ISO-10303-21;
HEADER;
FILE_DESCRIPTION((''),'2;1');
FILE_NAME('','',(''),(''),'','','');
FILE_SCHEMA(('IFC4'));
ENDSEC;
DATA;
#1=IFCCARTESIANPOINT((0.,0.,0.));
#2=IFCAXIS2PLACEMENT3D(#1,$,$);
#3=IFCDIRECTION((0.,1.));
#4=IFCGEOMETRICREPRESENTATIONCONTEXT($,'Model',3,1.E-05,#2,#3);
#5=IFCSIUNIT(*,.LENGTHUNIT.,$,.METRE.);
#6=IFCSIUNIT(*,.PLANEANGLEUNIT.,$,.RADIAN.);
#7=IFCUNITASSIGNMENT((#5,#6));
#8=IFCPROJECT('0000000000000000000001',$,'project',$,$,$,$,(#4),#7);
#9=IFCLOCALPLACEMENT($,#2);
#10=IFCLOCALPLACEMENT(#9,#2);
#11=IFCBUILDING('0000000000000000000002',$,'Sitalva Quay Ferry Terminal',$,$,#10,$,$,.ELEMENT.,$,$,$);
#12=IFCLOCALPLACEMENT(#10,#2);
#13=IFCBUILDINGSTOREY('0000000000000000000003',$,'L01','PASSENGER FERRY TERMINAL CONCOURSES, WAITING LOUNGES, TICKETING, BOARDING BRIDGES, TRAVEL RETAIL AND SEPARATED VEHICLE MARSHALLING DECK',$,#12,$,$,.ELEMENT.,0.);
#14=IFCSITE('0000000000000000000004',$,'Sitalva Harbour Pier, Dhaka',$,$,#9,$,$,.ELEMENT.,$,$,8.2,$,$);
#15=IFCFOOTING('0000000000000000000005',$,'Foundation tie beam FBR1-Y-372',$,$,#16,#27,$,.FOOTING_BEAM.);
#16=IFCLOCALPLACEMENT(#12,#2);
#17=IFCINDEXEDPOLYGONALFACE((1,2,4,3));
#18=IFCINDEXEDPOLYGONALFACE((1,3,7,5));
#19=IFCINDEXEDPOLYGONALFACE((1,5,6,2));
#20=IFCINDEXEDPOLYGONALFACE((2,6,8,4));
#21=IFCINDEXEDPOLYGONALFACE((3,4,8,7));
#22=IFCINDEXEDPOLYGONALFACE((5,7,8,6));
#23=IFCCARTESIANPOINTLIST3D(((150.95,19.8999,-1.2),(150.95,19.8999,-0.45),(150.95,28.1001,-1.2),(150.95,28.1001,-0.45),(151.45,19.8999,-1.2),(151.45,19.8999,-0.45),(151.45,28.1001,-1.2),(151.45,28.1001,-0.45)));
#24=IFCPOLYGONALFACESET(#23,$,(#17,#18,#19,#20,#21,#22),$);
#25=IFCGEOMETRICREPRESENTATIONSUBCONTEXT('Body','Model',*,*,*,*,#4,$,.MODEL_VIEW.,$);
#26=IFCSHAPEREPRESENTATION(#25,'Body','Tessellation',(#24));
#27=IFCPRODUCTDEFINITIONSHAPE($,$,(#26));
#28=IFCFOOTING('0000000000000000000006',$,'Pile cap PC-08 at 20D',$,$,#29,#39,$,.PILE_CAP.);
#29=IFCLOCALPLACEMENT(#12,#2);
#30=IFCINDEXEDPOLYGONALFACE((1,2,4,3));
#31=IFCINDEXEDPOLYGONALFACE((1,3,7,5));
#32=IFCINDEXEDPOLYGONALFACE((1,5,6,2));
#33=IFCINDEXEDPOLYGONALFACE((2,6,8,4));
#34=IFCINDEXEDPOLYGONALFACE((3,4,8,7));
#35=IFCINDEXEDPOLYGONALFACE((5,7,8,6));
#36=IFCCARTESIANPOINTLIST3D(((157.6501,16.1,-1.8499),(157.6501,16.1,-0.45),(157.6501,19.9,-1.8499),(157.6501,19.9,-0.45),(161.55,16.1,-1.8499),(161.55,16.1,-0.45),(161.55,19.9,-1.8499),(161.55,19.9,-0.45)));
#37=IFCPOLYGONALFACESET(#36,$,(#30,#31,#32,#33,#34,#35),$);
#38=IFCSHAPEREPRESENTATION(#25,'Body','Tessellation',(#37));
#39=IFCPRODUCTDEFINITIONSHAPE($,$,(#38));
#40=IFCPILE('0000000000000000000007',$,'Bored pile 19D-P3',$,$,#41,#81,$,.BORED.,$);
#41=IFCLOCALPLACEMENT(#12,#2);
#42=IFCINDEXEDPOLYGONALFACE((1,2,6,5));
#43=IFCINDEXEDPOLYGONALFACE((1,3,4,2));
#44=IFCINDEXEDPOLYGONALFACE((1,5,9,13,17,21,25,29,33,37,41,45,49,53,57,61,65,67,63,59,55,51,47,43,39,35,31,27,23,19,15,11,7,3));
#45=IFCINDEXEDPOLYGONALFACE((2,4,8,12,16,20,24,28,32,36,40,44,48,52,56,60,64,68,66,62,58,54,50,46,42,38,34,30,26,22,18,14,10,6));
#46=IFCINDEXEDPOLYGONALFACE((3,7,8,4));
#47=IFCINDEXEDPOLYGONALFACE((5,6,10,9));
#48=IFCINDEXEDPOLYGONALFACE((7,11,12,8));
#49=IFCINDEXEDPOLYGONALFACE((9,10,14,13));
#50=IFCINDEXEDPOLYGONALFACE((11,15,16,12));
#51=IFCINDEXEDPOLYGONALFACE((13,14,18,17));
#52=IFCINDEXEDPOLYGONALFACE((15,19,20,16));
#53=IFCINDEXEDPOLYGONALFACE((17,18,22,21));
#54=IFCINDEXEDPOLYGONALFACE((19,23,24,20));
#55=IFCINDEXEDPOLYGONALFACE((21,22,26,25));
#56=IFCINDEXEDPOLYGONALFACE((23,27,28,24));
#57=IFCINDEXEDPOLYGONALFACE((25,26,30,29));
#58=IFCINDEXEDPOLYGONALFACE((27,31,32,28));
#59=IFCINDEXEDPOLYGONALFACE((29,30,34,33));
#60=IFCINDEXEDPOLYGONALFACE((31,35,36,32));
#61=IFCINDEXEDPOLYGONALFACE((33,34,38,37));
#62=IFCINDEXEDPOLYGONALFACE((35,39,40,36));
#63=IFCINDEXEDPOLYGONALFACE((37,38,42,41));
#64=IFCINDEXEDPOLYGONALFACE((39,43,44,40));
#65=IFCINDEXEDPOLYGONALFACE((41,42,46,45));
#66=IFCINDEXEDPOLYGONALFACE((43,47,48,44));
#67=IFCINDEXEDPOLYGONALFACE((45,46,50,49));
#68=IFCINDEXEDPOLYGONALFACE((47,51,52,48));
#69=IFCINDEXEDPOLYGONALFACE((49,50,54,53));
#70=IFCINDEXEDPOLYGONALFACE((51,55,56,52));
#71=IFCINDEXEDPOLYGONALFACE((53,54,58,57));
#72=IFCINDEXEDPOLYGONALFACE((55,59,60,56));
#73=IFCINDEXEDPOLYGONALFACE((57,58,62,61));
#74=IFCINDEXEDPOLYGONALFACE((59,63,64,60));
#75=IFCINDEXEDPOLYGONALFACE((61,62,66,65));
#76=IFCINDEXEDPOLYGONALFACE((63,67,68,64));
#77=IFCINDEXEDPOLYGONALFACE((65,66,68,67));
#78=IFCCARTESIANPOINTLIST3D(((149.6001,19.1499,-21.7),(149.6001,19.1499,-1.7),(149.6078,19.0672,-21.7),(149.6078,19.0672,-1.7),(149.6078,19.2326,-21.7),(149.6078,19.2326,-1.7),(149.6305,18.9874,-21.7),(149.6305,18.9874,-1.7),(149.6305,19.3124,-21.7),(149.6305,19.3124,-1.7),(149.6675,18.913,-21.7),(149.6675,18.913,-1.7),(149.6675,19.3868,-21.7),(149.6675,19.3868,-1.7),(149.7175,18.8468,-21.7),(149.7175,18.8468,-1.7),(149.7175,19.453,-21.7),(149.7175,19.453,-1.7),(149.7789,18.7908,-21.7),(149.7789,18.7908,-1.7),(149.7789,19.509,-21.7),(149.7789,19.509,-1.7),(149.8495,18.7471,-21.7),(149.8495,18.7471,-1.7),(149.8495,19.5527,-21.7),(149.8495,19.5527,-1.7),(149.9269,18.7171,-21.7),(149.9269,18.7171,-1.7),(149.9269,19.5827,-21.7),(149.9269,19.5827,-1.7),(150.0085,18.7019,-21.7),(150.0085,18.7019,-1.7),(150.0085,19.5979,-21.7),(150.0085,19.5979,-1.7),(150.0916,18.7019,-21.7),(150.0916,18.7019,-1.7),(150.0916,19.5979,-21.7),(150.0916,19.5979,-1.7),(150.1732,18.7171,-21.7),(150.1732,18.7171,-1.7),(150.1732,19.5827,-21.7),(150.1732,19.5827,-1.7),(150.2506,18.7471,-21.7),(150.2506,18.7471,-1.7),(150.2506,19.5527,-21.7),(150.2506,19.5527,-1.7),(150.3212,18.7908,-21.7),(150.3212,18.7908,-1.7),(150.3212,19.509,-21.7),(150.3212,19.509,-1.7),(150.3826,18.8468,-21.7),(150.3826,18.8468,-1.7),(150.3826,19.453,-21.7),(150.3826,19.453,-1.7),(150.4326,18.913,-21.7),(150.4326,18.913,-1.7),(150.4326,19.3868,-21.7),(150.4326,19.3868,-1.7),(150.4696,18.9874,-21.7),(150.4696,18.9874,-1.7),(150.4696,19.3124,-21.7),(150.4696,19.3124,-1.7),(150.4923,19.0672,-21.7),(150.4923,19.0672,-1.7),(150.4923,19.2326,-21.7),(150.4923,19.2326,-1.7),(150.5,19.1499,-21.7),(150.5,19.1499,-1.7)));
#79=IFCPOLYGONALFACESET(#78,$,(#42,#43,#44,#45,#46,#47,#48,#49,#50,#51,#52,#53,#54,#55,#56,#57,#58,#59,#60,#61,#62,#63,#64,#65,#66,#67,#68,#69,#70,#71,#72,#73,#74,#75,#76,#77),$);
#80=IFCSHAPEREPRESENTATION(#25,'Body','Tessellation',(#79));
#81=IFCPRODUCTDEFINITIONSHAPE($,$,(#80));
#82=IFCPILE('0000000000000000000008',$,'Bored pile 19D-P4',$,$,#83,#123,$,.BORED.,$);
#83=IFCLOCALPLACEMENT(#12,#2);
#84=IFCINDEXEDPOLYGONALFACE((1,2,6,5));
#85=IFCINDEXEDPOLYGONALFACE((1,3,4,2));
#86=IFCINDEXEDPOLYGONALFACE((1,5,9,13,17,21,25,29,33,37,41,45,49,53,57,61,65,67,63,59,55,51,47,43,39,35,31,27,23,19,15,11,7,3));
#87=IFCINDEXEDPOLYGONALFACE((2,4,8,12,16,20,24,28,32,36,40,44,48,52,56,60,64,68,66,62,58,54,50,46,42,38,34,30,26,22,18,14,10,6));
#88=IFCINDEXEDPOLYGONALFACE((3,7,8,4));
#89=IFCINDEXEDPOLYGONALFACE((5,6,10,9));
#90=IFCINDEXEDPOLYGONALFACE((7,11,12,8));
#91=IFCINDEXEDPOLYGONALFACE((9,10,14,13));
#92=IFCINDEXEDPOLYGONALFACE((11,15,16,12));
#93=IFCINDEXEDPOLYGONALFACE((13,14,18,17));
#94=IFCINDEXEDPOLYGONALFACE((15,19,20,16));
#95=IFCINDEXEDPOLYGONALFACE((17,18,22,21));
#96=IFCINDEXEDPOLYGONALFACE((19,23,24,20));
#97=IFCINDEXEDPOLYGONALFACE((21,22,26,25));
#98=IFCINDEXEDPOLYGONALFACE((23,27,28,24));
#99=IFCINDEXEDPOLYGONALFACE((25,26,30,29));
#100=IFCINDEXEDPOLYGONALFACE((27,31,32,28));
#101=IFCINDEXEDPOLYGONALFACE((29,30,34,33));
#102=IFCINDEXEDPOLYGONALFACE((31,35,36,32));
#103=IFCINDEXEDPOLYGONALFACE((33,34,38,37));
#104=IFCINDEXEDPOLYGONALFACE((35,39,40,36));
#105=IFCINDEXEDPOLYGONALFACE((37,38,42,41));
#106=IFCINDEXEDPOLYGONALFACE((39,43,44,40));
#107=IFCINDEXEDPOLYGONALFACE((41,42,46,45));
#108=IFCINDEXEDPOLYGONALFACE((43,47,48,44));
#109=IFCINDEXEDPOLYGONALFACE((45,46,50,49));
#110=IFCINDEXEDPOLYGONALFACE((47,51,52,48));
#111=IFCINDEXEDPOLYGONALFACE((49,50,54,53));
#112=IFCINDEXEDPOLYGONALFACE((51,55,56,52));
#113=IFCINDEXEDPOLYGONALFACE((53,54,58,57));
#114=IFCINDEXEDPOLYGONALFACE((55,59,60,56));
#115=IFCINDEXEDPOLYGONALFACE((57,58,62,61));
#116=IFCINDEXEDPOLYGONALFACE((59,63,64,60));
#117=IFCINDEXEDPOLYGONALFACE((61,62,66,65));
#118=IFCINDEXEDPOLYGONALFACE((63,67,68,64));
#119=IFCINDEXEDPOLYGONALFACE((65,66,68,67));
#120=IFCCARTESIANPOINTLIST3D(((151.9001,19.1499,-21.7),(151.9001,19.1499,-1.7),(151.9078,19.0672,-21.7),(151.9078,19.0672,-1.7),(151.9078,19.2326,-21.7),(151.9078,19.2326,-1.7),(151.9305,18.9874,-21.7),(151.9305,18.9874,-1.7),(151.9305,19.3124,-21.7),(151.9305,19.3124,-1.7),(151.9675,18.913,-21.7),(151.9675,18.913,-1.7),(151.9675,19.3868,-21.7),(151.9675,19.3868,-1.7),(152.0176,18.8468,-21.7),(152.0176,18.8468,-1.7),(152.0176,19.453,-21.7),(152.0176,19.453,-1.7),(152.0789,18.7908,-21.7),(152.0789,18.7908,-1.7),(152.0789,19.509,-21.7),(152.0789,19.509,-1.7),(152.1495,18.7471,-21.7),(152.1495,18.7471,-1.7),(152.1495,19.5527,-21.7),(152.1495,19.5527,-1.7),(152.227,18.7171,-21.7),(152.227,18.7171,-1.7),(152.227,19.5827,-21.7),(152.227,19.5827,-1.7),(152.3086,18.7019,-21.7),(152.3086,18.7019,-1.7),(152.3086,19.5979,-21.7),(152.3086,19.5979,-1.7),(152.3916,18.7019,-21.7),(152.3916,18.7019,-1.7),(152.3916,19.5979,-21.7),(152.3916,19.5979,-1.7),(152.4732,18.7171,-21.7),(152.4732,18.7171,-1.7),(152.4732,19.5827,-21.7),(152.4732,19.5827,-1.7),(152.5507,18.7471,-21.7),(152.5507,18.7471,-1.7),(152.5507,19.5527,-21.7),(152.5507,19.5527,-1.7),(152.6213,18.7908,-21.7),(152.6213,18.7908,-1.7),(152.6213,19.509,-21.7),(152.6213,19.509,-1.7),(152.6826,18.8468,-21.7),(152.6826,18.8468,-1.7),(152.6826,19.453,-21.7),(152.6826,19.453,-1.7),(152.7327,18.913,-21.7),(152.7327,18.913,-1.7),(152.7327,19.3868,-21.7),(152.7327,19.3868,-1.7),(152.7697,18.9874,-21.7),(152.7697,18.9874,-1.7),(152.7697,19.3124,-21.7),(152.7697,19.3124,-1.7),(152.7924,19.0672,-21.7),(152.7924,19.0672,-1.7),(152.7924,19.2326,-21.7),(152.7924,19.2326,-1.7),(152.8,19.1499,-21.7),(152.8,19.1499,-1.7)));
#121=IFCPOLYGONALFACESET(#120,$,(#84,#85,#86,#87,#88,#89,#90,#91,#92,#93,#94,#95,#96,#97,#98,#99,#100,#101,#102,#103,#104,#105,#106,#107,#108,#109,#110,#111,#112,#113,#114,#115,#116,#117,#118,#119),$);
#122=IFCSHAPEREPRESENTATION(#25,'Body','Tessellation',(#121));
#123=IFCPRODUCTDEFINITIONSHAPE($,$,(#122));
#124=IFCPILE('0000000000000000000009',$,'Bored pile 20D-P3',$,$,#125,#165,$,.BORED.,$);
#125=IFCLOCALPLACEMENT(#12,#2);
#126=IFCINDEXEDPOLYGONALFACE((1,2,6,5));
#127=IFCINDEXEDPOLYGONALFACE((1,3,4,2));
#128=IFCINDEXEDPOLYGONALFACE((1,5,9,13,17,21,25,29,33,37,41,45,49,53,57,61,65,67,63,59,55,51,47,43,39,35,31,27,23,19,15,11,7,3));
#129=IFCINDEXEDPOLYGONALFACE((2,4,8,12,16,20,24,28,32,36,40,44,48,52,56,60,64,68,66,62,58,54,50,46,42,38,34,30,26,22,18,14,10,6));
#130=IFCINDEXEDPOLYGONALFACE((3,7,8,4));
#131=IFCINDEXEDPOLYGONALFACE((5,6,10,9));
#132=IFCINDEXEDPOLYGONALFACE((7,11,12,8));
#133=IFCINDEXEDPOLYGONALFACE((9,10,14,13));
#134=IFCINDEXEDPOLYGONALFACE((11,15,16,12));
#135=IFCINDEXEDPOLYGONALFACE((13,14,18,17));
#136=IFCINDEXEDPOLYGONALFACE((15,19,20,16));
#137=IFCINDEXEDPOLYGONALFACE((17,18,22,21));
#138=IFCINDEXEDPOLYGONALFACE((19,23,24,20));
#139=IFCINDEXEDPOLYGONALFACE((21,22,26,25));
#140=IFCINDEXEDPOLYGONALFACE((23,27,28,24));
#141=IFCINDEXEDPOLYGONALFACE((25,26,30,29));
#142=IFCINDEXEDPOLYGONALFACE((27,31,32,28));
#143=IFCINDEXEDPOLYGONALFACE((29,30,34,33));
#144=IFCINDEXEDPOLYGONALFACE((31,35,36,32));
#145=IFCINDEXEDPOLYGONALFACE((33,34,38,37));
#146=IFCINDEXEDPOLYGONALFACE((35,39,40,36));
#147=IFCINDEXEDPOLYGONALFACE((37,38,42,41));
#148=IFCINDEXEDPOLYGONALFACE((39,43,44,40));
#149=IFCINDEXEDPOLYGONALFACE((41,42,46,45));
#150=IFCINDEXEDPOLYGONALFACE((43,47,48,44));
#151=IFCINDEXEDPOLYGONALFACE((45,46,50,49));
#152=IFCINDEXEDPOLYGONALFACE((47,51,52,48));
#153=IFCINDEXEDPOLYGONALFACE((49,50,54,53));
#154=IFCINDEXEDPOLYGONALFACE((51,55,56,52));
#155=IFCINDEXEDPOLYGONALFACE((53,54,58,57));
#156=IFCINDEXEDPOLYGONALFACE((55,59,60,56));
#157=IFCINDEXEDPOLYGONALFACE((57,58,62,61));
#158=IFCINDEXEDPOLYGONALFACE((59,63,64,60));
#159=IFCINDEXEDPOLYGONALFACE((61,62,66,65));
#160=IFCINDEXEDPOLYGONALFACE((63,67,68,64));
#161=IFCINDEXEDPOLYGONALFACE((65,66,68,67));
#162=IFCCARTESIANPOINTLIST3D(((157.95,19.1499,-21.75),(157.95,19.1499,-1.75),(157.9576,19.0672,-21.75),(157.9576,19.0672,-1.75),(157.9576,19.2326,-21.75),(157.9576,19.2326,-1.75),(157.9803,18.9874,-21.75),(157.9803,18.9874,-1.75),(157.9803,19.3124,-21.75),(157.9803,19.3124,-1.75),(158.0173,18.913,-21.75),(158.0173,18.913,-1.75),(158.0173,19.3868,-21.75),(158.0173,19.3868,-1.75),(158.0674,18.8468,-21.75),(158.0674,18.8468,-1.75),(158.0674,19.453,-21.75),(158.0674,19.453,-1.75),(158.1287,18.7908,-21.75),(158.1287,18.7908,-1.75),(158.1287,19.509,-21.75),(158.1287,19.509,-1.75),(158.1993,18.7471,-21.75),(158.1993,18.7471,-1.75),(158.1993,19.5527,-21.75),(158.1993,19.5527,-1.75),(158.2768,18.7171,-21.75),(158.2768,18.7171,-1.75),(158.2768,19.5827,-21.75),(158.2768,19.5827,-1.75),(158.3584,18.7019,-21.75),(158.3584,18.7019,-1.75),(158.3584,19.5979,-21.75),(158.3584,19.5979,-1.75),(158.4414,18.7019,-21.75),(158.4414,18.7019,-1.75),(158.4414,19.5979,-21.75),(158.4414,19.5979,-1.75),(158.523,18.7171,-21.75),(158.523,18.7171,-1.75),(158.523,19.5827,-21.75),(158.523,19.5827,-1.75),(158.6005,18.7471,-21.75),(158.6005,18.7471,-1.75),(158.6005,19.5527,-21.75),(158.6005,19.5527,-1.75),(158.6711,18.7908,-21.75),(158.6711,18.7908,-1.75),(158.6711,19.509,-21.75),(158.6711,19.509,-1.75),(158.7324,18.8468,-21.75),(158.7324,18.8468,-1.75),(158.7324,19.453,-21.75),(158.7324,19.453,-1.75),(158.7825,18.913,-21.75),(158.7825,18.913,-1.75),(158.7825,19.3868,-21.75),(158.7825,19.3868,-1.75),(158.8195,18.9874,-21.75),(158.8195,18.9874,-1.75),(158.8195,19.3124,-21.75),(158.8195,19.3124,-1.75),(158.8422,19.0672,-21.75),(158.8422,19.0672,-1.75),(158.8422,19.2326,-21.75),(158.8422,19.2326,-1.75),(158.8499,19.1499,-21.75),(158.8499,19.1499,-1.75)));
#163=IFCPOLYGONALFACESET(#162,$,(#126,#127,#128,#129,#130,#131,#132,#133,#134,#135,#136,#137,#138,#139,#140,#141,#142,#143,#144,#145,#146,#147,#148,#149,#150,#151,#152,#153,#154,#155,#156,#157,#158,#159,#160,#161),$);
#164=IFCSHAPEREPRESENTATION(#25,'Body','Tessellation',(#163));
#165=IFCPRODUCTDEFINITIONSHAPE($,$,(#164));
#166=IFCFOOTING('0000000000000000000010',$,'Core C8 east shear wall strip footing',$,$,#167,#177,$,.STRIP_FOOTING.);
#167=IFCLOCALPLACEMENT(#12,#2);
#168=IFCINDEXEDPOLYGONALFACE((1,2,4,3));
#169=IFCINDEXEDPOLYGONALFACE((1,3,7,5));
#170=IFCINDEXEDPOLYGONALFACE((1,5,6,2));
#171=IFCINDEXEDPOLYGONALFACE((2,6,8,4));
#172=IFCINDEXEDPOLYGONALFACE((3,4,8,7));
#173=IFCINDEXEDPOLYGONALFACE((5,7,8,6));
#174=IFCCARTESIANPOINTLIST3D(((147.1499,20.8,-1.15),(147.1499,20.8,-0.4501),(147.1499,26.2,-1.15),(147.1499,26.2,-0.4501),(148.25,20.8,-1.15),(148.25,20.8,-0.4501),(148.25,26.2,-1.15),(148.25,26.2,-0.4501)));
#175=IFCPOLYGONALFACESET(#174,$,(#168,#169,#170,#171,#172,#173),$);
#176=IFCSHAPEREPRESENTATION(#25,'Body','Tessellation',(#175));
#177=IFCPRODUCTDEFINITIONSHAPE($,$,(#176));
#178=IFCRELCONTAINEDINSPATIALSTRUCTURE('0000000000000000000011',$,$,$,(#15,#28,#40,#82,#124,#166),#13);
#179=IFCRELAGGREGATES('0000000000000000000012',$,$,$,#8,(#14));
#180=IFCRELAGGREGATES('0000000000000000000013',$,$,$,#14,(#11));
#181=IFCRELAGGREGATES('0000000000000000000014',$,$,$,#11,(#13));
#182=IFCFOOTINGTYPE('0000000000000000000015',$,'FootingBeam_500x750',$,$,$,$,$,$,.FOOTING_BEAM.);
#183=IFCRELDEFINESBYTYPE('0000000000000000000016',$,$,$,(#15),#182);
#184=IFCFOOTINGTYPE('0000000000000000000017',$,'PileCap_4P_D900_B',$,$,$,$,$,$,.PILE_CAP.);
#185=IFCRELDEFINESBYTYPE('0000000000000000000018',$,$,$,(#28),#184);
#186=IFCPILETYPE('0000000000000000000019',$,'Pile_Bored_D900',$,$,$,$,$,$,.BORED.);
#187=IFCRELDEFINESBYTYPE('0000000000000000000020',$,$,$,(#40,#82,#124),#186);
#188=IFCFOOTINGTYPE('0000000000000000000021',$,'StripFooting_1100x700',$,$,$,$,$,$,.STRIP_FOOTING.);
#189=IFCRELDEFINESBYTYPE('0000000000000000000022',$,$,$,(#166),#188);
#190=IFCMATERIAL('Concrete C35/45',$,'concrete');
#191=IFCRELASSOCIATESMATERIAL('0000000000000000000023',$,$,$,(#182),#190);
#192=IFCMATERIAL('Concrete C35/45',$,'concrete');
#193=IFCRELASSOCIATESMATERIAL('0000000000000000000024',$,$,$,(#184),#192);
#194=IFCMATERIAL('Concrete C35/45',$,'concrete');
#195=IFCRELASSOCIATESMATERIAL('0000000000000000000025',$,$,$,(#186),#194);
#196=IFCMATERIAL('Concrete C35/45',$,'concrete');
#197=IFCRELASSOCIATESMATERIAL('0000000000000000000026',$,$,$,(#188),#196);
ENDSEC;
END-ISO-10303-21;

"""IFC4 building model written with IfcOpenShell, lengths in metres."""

from ifc_helpers import new_model, si_unit, direction, frame, origin, origin_2d, place, context, subcontext, project, spatial, rectangle, circle, extrude, material, material_profile, profile_set, type_object, element, save


model = new_model("IFC4")

# Units and contexts
model_context = context("Model", 3, precision=1e-05, world=origin(), true_north=direction((0.0, 1.0)))
body_context = subcontext(model_context, "Body", "Model", "MODEL_VIEW")
ifc_project = project(units=[si_unit("LENGTHUNIT", "METRE"), si_unit("PLANEANGLEUNIT", "RADIAN")], contexts=[model_context])

# Site, building, storey
site_placement = place(None, origin())
site = spatial("IfcSite", under=ifc_project, at=site_placement, Name="Sitalva Harbour Pier, Dhaka", CompositionType="ELEMENT", RefElevation=8.2)
building_placement = place(site_placement, origin())
building = spatial("IfcBuilding", under=site, at=building_placement, Name="Sitalva Quay Ferry Terminal", CompositionType="ELEMENT")
storey_placement = place(building_placement, origin())
storey = spatial("IfcBuildingStorey", under=building, at=storey_placement, Name="L01", Description="PASSENGER FERRY TERMINAL CONCOURSES, WAITING LOUNGES, TICKETING, BOARDING BRIDGES, TRAVEL RETAIL AND SEPARATED VEHICLE MARSHALLING DECK", CompositionType="ELEMENT", Elevation=0.0)

# Footings
ifc_material_1 = material(Name="Concrete C35/45", Category="concrete")
ifc_material_profile_1 = material_profile(ifc_material_1, rectangle(XDim=0.5, YDim=0.75, at=origin_2d()), Name="RC500x750")
ifc_profile_set_1 = profile_set([ifc_material_profile_1], Name="Concrete C35/45")
footing_type_1 = type_object("IfcFootingType", Name="FootingBeam_500x750", PredefinedType="FOOTING_BEAM", material=ifc_profile_set_1)
footing_1_placement = place(storey_placement, frame((151.2, 19.8999, -0.825), z_axis=(0.0, 1.0, 0.0), x_axis=(-1.0, 0.0, 0.0)))
element("IfcFooting", 1, at=footing_1_placement, inside=storey, type_object=footing_type_1, Name="Foundation tie beam FBR1-Y-372", PredefinedType="FOOTING_BEAM", context=body_context, shape_type="SweptSolid", body=[
    extrude(rectangle(XDim=0.5, YDim=0.75, at=origin_2d()), origin(), (0.0, 0.0, 1.0), 8.2002),
])
ifc_material_2 = material(Name="Concrete C35/45", Category="concrete")
footing_type_2 = type_object("IfcFootingType", Name="PileCap_4P_D900_B", PredefinedType="PILE_CAP", material=ifc_material_2)
footing_2_placement = place(storey_placement, frame((159.6001, 18.0, -1.8499), z_axis=(0.0, 0.0, 1.0), x_axis=(1.0, 0.0, 0.0)))
element("IfcFooting", 2, at=footing_2_placement, inside=storey, type_object=footing_type_2, Name="Pile cap PC-08 at 20D", PredefinedType="PILE_CAP", context=body_context, shape_type="SweptSolid", body=[
    extrude(rectangle(XDim=3.8999, YDim=3.8, at=origin_2d()), origin(), (0.0, 0.0, 1.0), 1.3999),
])

# Piles
ifc_material_3 = material(Name="Concrete C35/45", Category="concrete")
ifc_material_profile_2 = material_profile(ifc_material_3, circle(Radius=0.45, at=origin_2d()), Name="PILE-D900")
ifc_profile_set_2 = profile_set([ifc_material_profile_2], Name="Concrete C35/45")
pile_type = type_object("IfcPileType", Name="Pile_Bored_D900", PredefinedType="BORED", material=ifc_profile_set_2)
for number, where, z_axis, x_axis, name in (
    (3, (150.05, 19.1499, -1.7), (0.0, 0.0, -1.0), (1.0, 0.0, 0.0), "Bored pile 19D-P3"),
    (4, (152.3501, 19.1499, -1.7), (0.0, 0.0, -1.0), (1.0, 0.0, 0.0), "Bored pile 19D-P4"),
    (5, (158.3999, 19.1499, -1.75), (0.0, 0.0, -1.0), (1.0, 0.0, 0.0), "Bored pile 20D-P3"),
):
    element("IfcPile", number, at=place(storey_placement, frame(where, z_axis=z_axis, x_axis=x_axis)), inside=storey, type_object=pile_type, Name=name, PredefinedType="BORED", context=body_context, shape_type="SweptSolid", body=[
        extrude(circle(Radius=0.45, at=origin_2d()), origin(), (0.0, 0.0, 1.0), 20.0),
    ])

# Footing
ifc_material_4 = material(Name="Concrete C35/45", Category="concrete")
ifc_material_profile_3 = material_profile(ifc_material_4, rectangle(XDim=1.1001, YDim=0.7, at=origin_2d()), Name="RC1100x700")
ifc_profile_set_3 = profile_set([ifc_material_profile_3], Name="Concrete C35/45")
footing_type_3 = type_object("IfcFootingType", Name="StripFooting_1100x700", PredefinedType="STRIP_FOOTING", material=ifc_profile_set_3)
footing_3_placement = place(storey_placement, frame((147.7, 20.8, -0.8), z_axis=(0.0, 1.0, 0.0), x_axis=(-1.0, 0.0, 0.0)))
element("IfcFooting", 6, at=footing_3_placement, inside=storey, type_object=footing_type_3, Name="Core C8 east shear wall strip footing", PredefinedType="STRIP_FOOTING", context=body_context, shape_type="SweptSolid", body=[
    extrude(rectangle(XDim=1.1001, YDim=0.7, at=origin_2d()), origin(), (0.0, 0.0, 1.0), 5.3999),
])

save(model, "model.ifc")
